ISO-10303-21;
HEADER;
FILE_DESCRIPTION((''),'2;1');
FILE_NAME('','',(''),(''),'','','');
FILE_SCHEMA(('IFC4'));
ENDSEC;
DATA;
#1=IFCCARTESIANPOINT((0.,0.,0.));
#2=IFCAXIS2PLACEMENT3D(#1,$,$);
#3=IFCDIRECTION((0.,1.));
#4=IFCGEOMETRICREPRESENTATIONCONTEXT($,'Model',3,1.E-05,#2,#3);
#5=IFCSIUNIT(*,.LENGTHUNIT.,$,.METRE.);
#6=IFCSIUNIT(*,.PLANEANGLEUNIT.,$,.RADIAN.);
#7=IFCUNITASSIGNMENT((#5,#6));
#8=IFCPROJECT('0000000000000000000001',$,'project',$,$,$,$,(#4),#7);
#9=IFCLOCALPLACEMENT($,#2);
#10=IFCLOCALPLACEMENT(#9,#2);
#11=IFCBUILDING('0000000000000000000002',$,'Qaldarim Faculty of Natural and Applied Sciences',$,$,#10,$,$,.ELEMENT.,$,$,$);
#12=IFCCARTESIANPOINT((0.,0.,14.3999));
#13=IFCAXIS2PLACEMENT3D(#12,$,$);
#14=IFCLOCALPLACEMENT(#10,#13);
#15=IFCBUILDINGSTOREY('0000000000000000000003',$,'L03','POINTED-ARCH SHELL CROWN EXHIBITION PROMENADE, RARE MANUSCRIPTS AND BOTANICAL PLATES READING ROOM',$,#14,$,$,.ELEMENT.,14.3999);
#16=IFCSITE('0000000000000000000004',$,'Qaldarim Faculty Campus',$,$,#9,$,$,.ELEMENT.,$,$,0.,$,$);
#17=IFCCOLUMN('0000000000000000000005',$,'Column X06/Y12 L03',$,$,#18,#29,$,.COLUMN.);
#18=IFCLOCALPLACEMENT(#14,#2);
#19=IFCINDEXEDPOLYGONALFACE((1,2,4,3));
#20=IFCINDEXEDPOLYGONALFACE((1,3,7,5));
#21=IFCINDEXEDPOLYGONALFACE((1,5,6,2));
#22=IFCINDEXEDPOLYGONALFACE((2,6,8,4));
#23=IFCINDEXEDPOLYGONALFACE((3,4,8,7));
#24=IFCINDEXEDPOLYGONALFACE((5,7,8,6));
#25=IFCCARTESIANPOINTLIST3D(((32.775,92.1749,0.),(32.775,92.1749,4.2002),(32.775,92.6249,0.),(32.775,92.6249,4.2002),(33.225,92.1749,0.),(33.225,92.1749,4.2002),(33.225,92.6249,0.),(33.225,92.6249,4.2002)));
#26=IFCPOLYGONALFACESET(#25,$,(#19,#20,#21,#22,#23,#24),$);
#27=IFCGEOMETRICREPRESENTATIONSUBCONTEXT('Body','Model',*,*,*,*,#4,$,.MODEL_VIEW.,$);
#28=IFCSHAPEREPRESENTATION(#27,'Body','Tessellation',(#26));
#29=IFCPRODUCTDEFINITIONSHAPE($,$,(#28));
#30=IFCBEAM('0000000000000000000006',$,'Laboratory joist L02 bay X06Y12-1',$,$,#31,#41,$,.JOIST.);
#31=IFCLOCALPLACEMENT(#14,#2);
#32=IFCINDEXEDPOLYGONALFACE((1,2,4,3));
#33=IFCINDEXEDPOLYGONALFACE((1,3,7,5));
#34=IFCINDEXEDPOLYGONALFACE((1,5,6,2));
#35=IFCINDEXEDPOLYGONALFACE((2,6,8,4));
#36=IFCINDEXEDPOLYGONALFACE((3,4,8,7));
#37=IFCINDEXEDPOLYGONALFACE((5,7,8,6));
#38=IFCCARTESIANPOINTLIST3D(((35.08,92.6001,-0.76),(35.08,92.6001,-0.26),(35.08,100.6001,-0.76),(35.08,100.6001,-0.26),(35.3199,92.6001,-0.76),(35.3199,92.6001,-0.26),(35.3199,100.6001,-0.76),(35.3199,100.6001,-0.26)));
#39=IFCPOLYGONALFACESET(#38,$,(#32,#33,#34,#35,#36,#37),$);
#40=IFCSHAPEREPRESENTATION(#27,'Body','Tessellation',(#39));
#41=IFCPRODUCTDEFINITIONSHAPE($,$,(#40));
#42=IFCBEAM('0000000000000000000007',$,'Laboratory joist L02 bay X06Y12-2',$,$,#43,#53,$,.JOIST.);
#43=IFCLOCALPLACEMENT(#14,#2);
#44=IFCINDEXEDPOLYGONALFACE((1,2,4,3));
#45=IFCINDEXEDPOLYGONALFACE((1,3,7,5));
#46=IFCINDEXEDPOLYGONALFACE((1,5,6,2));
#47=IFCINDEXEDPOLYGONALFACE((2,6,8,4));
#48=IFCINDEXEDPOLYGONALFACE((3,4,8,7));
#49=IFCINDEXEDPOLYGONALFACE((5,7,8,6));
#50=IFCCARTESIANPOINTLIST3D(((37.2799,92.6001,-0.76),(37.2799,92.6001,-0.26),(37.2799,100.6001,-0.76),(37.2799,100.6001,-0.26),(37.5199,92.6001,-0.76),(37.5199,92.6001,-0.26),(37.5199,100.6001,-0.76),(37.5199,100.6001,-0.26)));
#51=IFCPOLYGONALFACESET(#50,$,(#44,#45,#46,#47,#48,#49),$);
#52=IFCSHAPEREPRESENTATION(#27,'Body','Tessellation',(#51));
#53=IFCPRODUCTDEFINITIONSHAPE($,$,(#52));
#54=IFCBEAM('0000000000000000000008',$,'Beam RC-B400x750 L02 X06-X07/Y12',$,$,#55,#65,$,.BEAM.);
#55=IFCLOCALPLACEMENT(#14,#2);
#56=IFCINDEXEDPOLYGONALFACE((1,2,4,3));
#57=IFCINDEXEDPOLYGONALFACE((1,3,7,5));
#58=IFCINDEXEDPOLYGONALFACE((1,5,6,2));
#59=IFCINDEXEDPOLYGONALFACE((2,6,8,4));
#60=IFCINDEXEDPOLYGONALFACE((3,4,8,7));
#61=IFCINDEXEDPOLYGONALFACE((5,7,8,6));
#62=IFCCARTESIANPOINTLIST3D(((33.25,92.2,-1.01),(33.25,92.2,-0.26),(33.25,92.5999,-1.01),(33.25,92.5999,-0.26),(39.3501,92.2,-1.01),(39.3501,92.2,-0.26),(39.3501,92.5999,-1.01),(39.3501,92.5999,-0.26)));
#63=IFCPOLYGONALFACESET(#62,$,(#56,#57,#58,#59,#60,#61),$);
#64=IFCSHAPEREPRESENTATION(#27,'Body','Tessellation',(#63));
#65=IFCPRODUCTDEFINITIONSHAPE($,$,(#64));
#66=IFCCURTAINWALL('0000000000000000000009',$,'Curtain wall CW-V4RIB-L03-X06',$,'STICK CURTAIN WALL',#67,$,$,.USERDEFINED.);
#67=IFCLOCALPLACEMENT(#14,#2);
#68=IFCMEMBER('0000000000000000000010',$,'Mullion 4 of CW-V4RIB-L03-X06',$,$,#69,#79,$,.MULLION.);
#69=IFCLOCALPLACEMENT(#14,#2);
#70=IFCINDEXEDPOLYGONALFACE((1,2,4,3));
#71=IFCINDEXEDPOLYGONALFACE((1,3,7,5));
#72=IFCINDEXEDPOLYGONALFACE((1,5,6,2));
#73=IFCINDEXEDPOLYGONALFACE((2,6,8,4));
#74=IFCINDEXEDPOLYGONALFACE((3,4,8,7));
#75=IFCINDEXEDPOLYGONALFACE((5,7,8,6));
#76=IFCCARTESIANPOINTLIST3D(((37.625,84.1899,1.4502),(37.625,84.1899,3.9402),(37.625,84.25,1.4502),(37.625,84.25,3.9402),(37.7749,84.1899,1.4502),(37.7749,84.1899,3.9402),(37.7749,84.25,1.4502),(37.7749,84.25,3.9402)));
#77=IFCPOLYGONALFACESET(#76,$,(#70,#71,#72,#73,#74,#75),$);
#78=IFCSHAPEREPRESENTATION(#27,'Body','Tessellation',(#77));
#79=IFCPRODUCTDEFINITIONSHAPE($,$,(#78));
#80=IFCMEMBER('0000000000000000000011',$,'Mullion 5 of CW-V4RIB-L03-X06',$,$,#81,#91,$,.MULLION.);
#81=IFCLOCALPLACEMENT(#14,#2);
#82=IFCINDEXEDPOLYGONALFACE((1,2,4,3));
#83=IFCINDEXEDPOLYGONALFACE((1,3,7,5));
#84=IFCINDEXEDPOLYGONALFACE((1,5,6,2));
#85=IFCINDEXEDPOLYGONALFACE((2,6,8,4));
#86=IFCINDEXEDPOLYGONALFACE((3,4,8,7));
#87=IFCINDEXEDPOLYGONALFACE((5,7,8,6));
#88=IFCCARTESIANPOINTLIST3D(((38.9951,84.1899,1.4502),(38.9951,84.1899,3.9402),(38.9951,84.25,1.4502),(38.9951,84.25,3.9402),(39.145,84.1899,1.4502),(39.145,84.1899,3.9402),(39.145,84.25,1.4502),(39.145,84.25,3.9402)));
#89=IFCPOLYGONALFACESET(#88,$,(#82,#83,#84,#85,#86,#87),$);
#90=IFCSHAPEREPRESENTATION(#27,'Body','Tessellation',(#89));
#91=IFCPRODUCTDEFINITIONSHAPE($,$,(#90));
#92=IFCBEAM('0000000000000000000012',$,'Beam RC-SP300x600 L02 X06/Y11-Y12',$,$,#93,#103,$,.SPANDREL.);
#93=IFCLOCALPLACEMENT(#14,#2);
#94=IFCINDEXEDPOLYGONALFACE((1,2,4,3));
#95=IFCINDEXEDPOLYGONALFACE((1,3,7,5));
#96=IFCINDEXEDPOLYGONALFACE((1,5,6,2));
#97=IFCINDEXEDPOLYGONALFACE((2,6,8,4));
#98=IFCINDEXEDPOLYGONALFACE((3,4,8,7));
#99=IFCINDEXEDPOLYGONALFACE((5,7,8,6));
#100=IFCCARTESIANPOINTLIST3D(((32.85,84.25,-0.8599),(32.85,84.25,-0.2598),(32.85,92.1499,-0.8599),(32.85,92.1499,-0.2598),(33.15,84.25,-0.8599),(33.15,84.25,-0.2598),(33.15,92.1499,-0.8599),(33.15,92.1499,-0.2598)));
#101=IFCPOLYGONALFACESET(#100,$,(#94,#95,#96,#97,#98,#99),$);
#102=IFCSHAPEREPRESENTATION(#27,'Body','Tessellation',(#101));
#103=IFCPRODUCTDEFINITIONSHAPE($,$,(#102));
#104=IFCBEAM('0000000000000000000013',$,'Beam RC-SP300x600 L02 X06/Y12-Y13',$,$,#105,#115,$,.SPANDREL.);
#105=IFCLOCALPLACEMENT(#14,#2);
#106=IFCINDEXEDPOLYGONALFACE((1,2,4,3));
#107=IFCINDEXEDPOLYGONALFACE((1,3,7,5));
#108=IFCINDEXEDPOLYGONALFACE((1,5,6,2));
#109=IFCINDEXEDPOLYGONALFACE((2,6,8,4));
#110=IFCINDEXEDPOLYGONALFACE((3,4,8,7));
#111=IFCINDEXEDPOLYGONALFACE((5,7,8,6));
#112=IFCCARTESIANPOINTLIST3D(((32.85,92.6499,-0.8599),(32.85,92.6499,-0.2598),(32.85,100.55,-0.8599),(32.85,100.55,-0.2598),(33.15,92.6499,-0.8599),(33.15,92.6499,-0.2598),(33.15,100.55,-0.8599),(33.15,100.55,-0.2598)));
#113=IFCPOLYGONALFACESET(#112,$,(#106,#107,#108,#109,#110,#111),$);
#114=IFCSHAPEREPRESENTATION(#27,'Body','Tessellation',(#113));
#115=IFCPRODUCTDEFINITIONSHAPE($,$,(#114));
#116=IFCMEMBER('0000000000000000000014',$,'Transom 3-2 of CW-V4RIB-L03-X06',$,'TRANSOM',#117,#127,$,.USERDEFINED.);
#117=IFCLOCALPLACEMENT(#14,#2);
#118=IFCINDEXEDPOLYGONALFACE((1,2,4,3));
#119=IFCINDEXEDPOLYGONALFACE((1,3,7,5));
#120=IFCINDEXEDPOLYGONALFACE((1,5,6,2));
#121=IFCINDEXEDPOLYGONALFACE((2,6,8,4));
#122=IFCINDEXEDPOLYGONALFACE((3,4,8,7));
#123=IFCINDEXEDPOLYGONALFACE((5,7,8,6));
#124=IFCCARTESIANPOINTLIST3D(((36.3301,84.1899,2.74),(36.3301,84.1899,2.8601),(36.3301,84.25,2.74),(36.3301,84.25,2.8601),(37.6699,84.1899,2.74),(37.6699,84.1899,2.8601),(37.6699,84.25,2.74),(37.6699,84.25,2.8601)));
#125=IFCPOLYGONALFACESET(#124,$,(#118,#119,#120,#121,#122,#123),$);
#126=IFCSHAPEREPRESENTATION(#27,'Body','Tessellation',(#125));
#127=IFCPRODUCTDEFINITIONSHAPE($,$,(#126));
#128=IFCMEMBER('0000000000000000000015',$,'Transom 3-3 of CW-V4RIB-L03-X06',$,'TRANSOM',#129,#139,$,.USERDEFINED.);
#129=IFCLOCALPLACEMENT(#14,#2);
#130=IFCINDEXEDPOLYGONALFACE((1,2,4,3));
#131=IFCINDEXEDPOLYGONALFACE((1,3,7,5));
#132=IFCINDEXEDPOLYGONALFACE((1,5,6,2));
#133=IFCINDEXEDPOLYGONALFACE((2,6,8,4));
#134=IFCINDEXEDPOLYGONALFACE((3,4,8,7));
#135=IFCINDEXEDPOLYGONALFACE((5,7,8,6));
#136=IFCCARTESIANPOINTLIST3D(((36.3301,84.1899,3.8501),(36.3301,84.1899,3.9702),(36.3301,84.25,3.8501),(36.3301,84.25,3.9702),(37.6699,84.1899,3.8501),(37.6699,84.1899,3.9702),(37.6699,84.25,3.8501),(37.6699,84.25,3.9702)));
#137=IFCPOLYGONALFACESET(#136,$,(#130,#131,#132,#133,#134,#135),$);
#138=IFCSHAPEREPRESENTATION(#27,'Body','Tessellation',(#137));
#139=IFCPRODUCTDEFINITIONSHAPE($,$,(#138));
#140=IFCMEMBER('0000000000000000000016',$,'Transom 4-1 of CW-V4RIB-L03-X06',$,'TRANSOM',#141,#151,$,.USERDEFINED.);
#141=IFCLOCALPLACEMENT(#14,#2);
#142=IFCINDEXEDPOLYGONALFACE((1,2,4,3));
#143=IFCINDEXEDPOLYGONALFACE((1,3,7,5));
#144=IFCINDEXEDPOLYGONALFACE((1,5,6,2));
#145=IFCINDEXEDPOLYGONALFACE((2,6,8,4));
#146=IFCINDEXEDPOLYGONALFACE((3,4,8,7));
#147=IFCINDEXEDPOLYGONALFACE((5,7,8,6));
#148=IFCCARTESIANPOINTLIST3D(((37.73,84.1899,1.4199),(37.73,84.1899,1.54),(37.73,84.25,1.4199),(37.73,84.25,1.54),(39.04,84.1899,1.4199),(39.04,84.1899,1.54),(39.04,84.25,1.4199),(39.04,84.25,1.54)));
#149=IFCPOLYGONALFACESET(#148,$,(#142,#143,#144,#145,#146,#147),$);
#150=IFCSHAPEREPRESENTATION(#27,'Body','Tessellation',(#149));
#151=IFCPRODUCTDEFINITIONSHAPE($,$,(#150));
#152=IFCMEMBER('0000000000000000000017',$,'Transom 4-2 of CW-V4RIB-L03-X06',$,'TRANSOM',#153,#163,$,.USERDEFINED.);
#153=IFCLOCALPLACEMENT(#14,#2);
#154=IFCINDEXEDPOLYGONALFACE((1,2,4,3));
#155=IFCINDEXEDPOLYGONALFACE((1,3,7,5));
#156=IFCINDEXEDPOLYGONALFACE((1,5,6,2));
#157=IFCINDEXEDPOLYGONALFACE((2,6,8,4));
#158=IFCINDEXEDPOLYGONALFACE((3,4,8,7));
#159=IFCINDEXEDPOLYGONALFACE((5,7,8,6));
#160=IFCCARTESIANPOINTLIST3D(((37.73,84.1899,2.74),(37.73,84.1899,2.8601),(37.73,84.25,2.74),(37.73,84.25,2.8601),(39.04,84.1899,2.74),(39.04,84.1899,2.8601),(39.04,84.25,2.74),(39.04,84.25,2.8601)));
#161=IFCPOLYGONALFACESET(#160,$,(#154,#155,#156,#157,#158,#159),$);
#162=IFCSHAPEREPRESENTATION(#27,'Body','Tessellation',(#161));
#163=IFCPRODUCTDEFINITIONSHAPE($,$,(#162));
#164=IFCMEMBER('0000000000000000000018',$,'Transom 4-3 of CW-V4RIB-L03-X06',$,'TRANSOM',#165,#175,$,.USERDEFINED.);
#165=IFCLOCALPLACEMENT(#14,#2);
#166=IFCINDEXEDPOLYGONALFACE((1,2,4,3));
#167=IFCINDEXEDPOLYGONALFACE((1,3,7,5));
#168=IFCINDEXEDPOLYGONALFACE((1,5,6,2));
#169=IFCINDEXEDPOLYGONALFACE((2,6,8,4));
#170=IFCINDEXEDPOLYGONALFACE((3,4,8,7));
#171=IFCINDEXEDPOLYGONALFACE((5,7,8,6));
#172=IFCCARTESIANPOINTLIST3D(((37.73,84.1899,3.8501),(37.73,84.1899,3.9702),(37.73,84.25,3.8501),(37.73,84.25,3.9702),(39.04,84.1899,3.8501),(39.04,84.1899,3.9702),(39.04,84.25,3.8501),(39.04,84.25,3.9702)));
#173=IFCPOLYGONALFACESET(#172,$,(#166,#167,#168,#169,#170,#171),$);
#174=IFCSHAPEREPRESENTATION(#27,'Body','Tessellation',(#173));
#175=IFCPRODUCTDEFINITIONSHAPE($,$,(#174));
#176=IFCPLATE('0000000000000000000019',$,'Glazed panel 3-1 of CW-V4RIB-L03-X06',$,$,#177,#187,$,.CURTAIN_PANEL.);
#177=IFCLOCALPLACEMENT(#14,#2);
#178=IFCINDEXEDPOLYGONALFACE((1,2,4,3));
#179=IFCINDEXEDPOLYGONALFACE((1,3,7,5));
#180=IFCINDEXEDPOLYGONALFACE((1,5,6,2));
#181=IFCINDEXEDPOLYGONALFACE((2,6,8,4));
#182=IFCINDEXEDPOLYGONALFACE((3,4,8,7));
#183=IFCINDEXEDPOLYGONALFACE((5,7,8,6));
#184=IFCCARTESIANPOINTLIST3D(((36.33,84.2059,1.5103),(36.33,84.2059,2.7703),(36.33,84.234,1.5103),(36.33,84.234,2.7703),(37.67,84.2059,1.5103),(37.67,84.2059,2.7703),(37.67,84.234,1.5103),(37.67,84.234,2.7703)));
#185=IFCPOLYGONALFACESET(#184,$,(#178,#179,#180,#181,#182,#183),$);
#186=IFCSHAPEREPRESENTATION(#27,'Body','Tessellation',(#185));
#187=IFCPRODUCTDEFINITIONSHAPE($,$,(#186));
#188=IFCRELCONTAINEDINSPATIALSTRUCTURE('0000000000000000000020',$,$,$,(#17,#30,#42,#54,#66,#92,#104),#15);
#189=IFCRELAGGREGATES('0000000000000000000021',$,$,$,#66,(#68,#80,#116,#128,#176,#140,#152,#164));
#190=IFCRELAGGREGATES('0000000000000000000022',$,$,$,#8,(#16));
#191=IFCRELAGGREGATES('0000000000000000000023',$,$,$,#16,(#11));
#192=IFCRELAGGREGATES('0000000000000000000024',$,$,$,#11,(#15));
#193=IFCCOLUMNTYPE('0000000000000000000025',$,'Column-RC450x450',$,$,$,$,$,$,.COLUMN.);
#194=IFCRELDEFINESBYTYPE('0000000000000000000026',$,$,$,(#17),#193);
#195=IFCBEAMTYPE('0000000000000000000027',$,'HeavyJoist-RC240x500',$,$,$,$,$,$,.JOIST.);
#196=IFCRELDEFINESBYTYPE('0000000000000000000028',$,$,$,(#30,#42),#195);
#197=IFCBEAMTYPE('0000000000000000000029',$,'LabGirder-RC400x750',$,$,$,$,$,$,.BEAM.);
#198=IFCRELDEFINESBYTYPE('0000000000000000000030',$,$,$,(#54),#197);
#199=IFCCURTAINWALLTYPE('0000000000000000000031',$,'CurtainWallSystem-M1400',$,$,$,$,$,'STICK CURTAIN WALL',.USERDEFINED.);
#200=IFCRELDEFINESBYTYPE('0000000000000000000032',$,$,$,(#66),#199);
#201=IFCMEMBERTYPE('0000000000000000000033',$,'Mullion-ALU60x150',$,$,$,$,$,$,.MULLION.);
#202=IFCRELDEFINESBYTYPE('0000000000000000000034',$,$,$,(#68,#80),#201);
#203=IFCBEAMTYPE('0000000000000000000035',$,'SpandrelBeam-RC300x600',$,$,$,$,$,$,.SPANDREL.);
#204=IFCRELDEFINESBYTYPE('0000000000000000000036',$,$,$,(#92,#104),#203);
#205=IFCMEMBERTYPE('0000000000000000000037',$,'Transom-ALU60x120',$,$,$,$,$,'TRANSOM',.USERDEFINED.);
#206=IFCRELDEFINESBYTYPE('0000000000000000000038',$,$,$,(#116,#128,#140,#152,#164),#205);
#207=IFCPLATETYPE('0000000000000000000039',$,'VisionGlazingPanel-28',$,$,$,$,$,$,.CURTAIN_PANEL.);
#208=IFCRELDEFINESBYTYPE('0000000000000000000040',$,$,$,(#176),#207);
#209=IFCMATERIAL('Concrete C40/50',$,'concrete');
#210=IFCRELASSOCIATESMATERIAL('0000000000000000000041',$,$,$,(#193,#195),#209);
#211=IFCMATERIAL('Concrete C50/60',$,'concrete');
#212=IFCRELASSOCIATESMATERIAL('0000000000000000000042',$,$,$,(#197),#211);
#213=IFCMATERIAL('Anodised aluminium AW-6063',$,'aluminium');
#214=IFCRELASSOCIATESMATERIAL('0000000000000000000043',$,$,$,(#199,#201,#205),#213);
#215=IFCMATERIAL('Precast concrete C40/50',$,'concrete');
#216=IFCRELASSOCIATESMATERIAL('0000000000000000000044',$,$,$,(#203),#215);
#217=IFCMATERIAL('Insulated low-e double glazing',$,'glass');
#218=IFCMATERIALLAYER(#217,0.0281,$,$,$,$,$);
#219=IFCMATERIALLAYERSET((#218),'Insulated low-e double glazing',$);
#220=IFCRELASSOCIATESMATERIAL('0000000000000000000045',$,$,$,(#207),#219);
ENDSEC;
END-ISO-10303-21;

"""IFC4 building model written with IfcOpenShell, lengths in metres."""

from ifc_helpers import new_model, si_unit, direction, frame, origin, origin_2d, place, context, subcontext, project, spatial, rectangle, extrude, material, layer, layer_set, material_profile, profile_set, type_object, element, aggregate, save


model = new_model("IFC4")

# Units and contexts
model_context = context("Model", 3, precision=1e-05, world=origin(), true_north=direction((0.0, 1.0)))
body_context = subcontext(model_context, "Body", "Model", "MODEL_VIEW")
ifc_project = project(units=[si_unit("LENGTHUNIT", "METRE"), si_unit("PLANEANGLEUNIT", "RADIAN")], contexts=[model_context])

# Site, building, storey
site_placement = place(None, origin())
site = spatial("IfcSite", under=ifc_project, at=site_placement, Name="Qaldarim Faculty Campus", CompositionType="ELEMENT", RefElevation=0.0)
building_placement = place(site_placement, origin())
building = spatial("IfcBuilding", under=site, at=building_placement, Name="Qaldarim Faculty of Natural and Applied Sciences", CompositionType="ELEMENT")
storey_placement = place(building_placement, frame((0.0, 0.0, 14.3999)))
storey = spatial("IfcBuildingStorey", under=building, at=storey_placement, Name="L03", Description="POINTED-ARCH SHELL CROWN EXHIBITION PROMENADE, RARE MANUSCRIPTS AND BOTANICAL PLATES READING ROOM", CompositionType="ELEMENT", Elevation=14.3999)

# Column
ifc_material_1 = material(Name="Concrete C40/50", Category="concrete")
ifc_material_profile_1 = material_profile(ifc_material_1, rectangle(XDim=0.45, YDim=0.45, at=origin_2d()), Name="RC-C450x450")
ifc_profile_set_1 = profile_set([ifc_material_profile_1], Name="Concrete C40/50")
column_type = type_object("IfcColumnType", Name="Column-RC450x450", PredefinedType="COLUMN", material=ifc_profile_set_1)
column_placement = place(storey_placement, frame((33.0, 92.3999, 0.0), z_axis=(0.0, 0.0, 1.0), x_axis=(1.0, 0.0, 0.0)))
element("IfcColumn", 1, at=column_placement, inside=storey, type_object=column_type, Name="Column X06/Y12 L03", PredefinedType="COLUMN", context=body_context, shape_type="SweptSolid", body=[
    extrude(rectangle(XDim=0.45, YDim=0.45, at=origin_2d()), origin(), (0.0, 0.0, 1.0), 4.2002),
])

# Beams
ifc_material_profile_2 = material_profile(ifc_material_1, rectangle(XDim=0.24, YDim=0.5, at=origin_2d()), Name="RC-J240x500")
ifc_profile_set_2 = profile_set([ifc_material_profile_2], Name="Concrete C40/50")
beam_type_1 = type_object("IfcBeamType", Name="HeavyJoist-RC240x500", PredefinedType="JOIST", material=ifc_profile_set_2)
for number, where, z_axis, x_axis, name in (
    (2, (35.2, 92.6001, -0.51), (0.0, 1.0, 0.0), (-1.0, 0.0, 0.0), "Laboratory joist L02 bay X06Y12-1"),
    (3, (37.3999, 92.6001, -0.51), (0.0, 1.0, 0.0), (-1.0, 0.0, 0.0), "Laboratory joist L02 bay X06Y12-2"),
):
    element("IfcBeam", number, at=place(storey_placement, frame(where, z_axis=z_axis, x_axis=x_axis)), inside=storey, type_object=beam_type_1, Name=name, PredefinedType="JOIST", context=body_context, shape_type="SweptSolid", body=[
        extrude(rectangle(XDim=0.24, YDim=0.5, at=origin_2d()), origin(), (0.0, 0.0, 1.0), 8.0),
    ])
ifc_material_2 = material(Name="Concrete C50/60", Category="concrete")
ifc_material_profile_3 = material_profile(ifc_material_2, rectangle(XDim=0.3999, YDim=0.75, at=origin_2d()), Name="RC-B400x750")
ifc_profile_set_3 = profile_set([ifc_material_profile_3], Name="Concrete C50/60")
beam_type_2 = type_object("IfcBeamType", Name="LabGirder-RC400x750", PredefinedType="BEAM", material=ifc_profile_set_3)
beam_1_placement = place(storey_placement, frame((33.25, 92.3999, -0.635), z_axis=(1.0, 0.0, 0.0), x_axis=(0.0, 1.0, 0.0)))
element("IfcBeam", 4, at=beam_1_placement, inside=storey, type_object=beam_type_2, Name="Beam RC-B400x750 L02 X06-X07/Y12", PredefinedType="BEAM", context=body_context, shape_type="SweptSolid", body=[
    extrude(rectangle(XDim=0.3999, YDim=0.75, at=origin_2d()), origin(), (0.0, 0.0, 1.0), 6.1001),
])

# Curtain wall, members
ifc_material_3 = material(Name="Anodised aluminium AW-6063", Category="aluminium")
curtain_wall_type = type_object("IfcCurtainWallType", Name="CurtainWallSystem-M1400", ElementType="STICK CURTAIN WALL", PredefinedType="USERDEFINED", material=ifc_material_3)
curtain_wall_placement = place(storey_placement, origin())
curtain_wall = element("IfcCurtainWall", 5, at=curtain_wall_placement, inside=storey, type_object=curtain_wall_type, Name="Curtain wall CW-V4RIB-L03-X06", ObjectType="STICK CURTAIN WALL", PredefinedType="USERDEFINED")
ifc_material_profile_4 = material_profile(ifc_material_3, rectangle(XDim=0.0601, YDim=0.1499, at=origin_2d()), Name="ALU-M60x150")
ifc_profile_set_4 = profile_set([ifc_material_profile_4], Name="Anodised aluminium AW-6063")
member_type_1 = type_object("IfcMemberType", Name="Mullion-ALU60x150", PredefinedType="MULLION", material=ifc_profile_set_4)
member_1_placement = place(storey_placement, frame((37.7, 84.22, 1.4502), z_axis=(0.0, 0.0, 1.0), x_axis=(0.0, 1.0, 0.0)))
member_1 = element("IfcMember", 6, at=member_1_placement, type_object=member_type_1, Name="Mullion 4 of CW-V4RIB-L03-X06", PredefinedType="MULLION", context=body_context, shape_type="SweptSolid", body=[
    extrude(rectangle(XDim=0.0601, YDim=0.1499, at=origin_2d()), origin(), (0.0, 0.0, 1.0), 2.49),
])
member_2_placement = place(storey_placement, frame((39.0701, 84.22, 1.4502), z_axis=(0.0, 0.0, 1.0), x_axis=(0.0, 1.0, 0.0)))
member_2 = element("IfcMember", 7, at=member_2_placement, type_object=member_type_1, Name="Mullion 5 of CW-V4RIB-L03-X06", PredefinedType="MULLION", context=body_context, shape_type="SweptSolid", body=[
    extrude(rectangle(XDim=0.0601, YDim=0.1499, at=origin_2d()), origin(), (0.0, 0.0, 1.0), 2.49),
])

# Beams
ifc_material_4 = material(Name="Precast concrete C40/50", Category="concrete")
ifc_material_profile_5 = material_profile(ifc_material_4, rectangle(XDim=0.3, YDim=0.6001, at=origin_2d()), Name="RC-SP300x600")
ifc_profile_set_5 = profile_set([ifc_material_profile_5], Name="Precast concrete C40/50")
beam_type_3 = type_object("IfcBeamType", Name="SpandrelBeam-RC300x600", PredefinedType="SPANDREL", material=ifc_profile_set_5)
beam_2_placement = place(storey_placement, frame((33.0, 84.25, -0.5598), z_axis=(0.0, 1.0, 0.0), x_axis=(-1.0, 0.0, 0.0)))
element("IfcBeam", 8, at=beam_2_placement, inside=storey, type_object=beam_type_3, Name="Beam RC-SP300x600 L02 X06/Y11-Y12", PredefinedType="SPANDREL", context=body_context, shape_type="SweptSolid", body=[
    extrude(rectangle(XDim=0.3, YDim=0.6001, at=origin_2d()), origin(), (0.0, 0.0, 1.0), 7.8999),
])
beam_3_placement = place(storey_placement, frame((33.0, 92.6499, -0.5598), z_axis=(0.0, 1.0, 0.0), x_axis=(-1.0, 0.0, 0.0)))
element("IfcBeam", 9, at=beam_3_placement, inside=storey, type_object=beam_type_3, Name="Beam RC-SP300x600 L02 X06/Y12-Y13", PredefinedType="SPANDREL", context=body_context, shape_type="SweptSolid", body=[
    extrude(rectangle(XDim=0.3, YDim=0.6001, at=origin_2d()), origin(), (0.0, 0.0, 1.0), 7.9001),
])

# Members
ifc_material_profile_6 = material_profile(ifc_material_3, rectangle(XDim=0.0601, YDim=0.1201, at=origin_2d()), Name="ALU-T60x120")
ifc_profile_set_6 = profile_set([ifc_material_profile_6], Name="Anodised aluminium AW-6063")
member_type_2 = type_object("IfcMemberType", Name="Transom-ALU60x120", ElementType="TRANSOM", PredefinedType="USERDEFINED", material=ifc_profile_set_6)
member_3_placement = place(storey_placement, frame((36.3301, 84.22, 2.8), z_axis=(1.0, 0.0, 0.0), x_axis=(0.0, 1.0, 0.0)))
member_3 = element("IfcMember", 10, at=member_3_placement, type_object=member_type_2, Name="Transom 3-2 of CW-V4RIB-L03-X06", ObjectType="TRANSOM", PredefinedType="USERDEFINED", context=body_context, shape_type="SweptSolid", body=[
    extrude(rectangle(XDim=0.0601, YDim=0.1201, at=origin_2d()), origin(), (0.0, 0.0, 1.0), 1.3398),
])
member_4_placement = place(storey_placement, frame((36.3301, 84.22, 3.9102), z_axis=(1.0, 0.0, 0.0), x_axis=(0.0, 1.0, 0.0)))
member_4 = element("IfcMember", 11, at=member_4_placement, type_object=member_type_2, Name="Transom 3-3 of CW-V4RIB-L03-X06", ObjectType="TRANSOM", PredefinedType="USERDEFINED", context=body_context, shape_type="SweptSolid", body=[
    extrude(rectangle(XDim=0.0601, YDim=0.1201, at=origin_2d()), origin(), (0.0, 0.0, 1.0), 1.3398),
])
member_5_placement = place(storey_placement, frame((37.73, 84.22, 1.48), z_axis=(1.0, 0.0, 0.0), x_axis=(0.0, 1.0, 0.0)))
member_5 = element("IfcMember", 12, at=member_5_placement, type_object=member_type_2, Name="Transom 4-1 of CW-V4RIB-L03-X06", ObjectType="TRANSOM", PredefinedType="USERDEFINED", context=body_context, shape_type="SweptSolid", body=[
    extrude(rectangle(XDim=0.0601, YDim=0.1201, at=origin_2d()), origin(), (0.0, 0.0, 1.0), 1.3101),
])
member_6_placement = place(storey_placement, frame((37.73, 84.22, 2.8), z_axis=(1.0, 0.0, 0.0), x_axis=(0.0, 1.0, 0.0)))
member_6 = element("IfcMember", 13, at=member_6_placement, type_object=member_type_2, Name="Transom 4-2 of CW-V4RIB-L03-X06", ObjectType="TRANSOM", PredefinedType="USERDEFINED", context=body_context, shape_type="SweptSolid", body=[
    extrude(rectangle(XDim=0.0601, YDim=0.1201, at=origin_2d()), origin(), (0.0, 0.0, 1.0), 1.3101),
])
member_7_placement = place(storey_placement, frame((37.73, 84.22, 3.9102), z_axis=(1.0, 0.0, 0.0), x_axis=(0.0, 1.0, 0.0)))
member_7 = element("IfcMember", 14, at=member_7_placement, type_object=member_type_2, Name="Transom 4-3 of CW-V4RIB-L03-X06", ObjectType="TRANSOM", PredefinedType="USERDEFINED", context=body_context, shape_type="SweptSolid", body=[
    extrude(rectangle(XDim=0.0601, YDim=0.1201, at=origin_2d()), origin(), (0.0, 0.0, 1.0), 1.3101),
])

# Plate
ifc_material_5 = material(Name="Insulated low-e double glazing", Category="glass")
ifc_layer_1 = layer(ifc_material_5, 0.0281)
ifc_layer_set_1 = layer_set([ifc_layer_1], Name="Insulated low-e double glazing")
plate_type = type_object("IfcPlateType", Name="VisionGlazingPanel-28", PredefinedType="CURTAIN_PANEL", material=ifc_layer_set_1)
plate_1_placement = place(storey_placement, frame((37.0, 84.22, 1.5103), z_axis=(0.0, 0.0, 1.0), x_axis=(1.0, 0.0, 0.0)))
plate_1 = element("IfcPlate", 15, at=plate_1_placement, type_object=plate_type, Name="Glazed panel 3-1 of CW-V4RIB-L03-X06", PredefinedType="CURTAIN_PANEL", context=body_context, shape_type="SweptSolid", body=[
    extrude(rectangle(XDim=1.3401, YDim=0.0281, at=origin_2d()), origin(), (0.0, 0.0, 1.0), 1.26),
])
aggregate(curtain_wall, [member_1, member_2, member_3, member_4, plate_1, member_5, member_6, member_7])

save(model, "model.ifc")
